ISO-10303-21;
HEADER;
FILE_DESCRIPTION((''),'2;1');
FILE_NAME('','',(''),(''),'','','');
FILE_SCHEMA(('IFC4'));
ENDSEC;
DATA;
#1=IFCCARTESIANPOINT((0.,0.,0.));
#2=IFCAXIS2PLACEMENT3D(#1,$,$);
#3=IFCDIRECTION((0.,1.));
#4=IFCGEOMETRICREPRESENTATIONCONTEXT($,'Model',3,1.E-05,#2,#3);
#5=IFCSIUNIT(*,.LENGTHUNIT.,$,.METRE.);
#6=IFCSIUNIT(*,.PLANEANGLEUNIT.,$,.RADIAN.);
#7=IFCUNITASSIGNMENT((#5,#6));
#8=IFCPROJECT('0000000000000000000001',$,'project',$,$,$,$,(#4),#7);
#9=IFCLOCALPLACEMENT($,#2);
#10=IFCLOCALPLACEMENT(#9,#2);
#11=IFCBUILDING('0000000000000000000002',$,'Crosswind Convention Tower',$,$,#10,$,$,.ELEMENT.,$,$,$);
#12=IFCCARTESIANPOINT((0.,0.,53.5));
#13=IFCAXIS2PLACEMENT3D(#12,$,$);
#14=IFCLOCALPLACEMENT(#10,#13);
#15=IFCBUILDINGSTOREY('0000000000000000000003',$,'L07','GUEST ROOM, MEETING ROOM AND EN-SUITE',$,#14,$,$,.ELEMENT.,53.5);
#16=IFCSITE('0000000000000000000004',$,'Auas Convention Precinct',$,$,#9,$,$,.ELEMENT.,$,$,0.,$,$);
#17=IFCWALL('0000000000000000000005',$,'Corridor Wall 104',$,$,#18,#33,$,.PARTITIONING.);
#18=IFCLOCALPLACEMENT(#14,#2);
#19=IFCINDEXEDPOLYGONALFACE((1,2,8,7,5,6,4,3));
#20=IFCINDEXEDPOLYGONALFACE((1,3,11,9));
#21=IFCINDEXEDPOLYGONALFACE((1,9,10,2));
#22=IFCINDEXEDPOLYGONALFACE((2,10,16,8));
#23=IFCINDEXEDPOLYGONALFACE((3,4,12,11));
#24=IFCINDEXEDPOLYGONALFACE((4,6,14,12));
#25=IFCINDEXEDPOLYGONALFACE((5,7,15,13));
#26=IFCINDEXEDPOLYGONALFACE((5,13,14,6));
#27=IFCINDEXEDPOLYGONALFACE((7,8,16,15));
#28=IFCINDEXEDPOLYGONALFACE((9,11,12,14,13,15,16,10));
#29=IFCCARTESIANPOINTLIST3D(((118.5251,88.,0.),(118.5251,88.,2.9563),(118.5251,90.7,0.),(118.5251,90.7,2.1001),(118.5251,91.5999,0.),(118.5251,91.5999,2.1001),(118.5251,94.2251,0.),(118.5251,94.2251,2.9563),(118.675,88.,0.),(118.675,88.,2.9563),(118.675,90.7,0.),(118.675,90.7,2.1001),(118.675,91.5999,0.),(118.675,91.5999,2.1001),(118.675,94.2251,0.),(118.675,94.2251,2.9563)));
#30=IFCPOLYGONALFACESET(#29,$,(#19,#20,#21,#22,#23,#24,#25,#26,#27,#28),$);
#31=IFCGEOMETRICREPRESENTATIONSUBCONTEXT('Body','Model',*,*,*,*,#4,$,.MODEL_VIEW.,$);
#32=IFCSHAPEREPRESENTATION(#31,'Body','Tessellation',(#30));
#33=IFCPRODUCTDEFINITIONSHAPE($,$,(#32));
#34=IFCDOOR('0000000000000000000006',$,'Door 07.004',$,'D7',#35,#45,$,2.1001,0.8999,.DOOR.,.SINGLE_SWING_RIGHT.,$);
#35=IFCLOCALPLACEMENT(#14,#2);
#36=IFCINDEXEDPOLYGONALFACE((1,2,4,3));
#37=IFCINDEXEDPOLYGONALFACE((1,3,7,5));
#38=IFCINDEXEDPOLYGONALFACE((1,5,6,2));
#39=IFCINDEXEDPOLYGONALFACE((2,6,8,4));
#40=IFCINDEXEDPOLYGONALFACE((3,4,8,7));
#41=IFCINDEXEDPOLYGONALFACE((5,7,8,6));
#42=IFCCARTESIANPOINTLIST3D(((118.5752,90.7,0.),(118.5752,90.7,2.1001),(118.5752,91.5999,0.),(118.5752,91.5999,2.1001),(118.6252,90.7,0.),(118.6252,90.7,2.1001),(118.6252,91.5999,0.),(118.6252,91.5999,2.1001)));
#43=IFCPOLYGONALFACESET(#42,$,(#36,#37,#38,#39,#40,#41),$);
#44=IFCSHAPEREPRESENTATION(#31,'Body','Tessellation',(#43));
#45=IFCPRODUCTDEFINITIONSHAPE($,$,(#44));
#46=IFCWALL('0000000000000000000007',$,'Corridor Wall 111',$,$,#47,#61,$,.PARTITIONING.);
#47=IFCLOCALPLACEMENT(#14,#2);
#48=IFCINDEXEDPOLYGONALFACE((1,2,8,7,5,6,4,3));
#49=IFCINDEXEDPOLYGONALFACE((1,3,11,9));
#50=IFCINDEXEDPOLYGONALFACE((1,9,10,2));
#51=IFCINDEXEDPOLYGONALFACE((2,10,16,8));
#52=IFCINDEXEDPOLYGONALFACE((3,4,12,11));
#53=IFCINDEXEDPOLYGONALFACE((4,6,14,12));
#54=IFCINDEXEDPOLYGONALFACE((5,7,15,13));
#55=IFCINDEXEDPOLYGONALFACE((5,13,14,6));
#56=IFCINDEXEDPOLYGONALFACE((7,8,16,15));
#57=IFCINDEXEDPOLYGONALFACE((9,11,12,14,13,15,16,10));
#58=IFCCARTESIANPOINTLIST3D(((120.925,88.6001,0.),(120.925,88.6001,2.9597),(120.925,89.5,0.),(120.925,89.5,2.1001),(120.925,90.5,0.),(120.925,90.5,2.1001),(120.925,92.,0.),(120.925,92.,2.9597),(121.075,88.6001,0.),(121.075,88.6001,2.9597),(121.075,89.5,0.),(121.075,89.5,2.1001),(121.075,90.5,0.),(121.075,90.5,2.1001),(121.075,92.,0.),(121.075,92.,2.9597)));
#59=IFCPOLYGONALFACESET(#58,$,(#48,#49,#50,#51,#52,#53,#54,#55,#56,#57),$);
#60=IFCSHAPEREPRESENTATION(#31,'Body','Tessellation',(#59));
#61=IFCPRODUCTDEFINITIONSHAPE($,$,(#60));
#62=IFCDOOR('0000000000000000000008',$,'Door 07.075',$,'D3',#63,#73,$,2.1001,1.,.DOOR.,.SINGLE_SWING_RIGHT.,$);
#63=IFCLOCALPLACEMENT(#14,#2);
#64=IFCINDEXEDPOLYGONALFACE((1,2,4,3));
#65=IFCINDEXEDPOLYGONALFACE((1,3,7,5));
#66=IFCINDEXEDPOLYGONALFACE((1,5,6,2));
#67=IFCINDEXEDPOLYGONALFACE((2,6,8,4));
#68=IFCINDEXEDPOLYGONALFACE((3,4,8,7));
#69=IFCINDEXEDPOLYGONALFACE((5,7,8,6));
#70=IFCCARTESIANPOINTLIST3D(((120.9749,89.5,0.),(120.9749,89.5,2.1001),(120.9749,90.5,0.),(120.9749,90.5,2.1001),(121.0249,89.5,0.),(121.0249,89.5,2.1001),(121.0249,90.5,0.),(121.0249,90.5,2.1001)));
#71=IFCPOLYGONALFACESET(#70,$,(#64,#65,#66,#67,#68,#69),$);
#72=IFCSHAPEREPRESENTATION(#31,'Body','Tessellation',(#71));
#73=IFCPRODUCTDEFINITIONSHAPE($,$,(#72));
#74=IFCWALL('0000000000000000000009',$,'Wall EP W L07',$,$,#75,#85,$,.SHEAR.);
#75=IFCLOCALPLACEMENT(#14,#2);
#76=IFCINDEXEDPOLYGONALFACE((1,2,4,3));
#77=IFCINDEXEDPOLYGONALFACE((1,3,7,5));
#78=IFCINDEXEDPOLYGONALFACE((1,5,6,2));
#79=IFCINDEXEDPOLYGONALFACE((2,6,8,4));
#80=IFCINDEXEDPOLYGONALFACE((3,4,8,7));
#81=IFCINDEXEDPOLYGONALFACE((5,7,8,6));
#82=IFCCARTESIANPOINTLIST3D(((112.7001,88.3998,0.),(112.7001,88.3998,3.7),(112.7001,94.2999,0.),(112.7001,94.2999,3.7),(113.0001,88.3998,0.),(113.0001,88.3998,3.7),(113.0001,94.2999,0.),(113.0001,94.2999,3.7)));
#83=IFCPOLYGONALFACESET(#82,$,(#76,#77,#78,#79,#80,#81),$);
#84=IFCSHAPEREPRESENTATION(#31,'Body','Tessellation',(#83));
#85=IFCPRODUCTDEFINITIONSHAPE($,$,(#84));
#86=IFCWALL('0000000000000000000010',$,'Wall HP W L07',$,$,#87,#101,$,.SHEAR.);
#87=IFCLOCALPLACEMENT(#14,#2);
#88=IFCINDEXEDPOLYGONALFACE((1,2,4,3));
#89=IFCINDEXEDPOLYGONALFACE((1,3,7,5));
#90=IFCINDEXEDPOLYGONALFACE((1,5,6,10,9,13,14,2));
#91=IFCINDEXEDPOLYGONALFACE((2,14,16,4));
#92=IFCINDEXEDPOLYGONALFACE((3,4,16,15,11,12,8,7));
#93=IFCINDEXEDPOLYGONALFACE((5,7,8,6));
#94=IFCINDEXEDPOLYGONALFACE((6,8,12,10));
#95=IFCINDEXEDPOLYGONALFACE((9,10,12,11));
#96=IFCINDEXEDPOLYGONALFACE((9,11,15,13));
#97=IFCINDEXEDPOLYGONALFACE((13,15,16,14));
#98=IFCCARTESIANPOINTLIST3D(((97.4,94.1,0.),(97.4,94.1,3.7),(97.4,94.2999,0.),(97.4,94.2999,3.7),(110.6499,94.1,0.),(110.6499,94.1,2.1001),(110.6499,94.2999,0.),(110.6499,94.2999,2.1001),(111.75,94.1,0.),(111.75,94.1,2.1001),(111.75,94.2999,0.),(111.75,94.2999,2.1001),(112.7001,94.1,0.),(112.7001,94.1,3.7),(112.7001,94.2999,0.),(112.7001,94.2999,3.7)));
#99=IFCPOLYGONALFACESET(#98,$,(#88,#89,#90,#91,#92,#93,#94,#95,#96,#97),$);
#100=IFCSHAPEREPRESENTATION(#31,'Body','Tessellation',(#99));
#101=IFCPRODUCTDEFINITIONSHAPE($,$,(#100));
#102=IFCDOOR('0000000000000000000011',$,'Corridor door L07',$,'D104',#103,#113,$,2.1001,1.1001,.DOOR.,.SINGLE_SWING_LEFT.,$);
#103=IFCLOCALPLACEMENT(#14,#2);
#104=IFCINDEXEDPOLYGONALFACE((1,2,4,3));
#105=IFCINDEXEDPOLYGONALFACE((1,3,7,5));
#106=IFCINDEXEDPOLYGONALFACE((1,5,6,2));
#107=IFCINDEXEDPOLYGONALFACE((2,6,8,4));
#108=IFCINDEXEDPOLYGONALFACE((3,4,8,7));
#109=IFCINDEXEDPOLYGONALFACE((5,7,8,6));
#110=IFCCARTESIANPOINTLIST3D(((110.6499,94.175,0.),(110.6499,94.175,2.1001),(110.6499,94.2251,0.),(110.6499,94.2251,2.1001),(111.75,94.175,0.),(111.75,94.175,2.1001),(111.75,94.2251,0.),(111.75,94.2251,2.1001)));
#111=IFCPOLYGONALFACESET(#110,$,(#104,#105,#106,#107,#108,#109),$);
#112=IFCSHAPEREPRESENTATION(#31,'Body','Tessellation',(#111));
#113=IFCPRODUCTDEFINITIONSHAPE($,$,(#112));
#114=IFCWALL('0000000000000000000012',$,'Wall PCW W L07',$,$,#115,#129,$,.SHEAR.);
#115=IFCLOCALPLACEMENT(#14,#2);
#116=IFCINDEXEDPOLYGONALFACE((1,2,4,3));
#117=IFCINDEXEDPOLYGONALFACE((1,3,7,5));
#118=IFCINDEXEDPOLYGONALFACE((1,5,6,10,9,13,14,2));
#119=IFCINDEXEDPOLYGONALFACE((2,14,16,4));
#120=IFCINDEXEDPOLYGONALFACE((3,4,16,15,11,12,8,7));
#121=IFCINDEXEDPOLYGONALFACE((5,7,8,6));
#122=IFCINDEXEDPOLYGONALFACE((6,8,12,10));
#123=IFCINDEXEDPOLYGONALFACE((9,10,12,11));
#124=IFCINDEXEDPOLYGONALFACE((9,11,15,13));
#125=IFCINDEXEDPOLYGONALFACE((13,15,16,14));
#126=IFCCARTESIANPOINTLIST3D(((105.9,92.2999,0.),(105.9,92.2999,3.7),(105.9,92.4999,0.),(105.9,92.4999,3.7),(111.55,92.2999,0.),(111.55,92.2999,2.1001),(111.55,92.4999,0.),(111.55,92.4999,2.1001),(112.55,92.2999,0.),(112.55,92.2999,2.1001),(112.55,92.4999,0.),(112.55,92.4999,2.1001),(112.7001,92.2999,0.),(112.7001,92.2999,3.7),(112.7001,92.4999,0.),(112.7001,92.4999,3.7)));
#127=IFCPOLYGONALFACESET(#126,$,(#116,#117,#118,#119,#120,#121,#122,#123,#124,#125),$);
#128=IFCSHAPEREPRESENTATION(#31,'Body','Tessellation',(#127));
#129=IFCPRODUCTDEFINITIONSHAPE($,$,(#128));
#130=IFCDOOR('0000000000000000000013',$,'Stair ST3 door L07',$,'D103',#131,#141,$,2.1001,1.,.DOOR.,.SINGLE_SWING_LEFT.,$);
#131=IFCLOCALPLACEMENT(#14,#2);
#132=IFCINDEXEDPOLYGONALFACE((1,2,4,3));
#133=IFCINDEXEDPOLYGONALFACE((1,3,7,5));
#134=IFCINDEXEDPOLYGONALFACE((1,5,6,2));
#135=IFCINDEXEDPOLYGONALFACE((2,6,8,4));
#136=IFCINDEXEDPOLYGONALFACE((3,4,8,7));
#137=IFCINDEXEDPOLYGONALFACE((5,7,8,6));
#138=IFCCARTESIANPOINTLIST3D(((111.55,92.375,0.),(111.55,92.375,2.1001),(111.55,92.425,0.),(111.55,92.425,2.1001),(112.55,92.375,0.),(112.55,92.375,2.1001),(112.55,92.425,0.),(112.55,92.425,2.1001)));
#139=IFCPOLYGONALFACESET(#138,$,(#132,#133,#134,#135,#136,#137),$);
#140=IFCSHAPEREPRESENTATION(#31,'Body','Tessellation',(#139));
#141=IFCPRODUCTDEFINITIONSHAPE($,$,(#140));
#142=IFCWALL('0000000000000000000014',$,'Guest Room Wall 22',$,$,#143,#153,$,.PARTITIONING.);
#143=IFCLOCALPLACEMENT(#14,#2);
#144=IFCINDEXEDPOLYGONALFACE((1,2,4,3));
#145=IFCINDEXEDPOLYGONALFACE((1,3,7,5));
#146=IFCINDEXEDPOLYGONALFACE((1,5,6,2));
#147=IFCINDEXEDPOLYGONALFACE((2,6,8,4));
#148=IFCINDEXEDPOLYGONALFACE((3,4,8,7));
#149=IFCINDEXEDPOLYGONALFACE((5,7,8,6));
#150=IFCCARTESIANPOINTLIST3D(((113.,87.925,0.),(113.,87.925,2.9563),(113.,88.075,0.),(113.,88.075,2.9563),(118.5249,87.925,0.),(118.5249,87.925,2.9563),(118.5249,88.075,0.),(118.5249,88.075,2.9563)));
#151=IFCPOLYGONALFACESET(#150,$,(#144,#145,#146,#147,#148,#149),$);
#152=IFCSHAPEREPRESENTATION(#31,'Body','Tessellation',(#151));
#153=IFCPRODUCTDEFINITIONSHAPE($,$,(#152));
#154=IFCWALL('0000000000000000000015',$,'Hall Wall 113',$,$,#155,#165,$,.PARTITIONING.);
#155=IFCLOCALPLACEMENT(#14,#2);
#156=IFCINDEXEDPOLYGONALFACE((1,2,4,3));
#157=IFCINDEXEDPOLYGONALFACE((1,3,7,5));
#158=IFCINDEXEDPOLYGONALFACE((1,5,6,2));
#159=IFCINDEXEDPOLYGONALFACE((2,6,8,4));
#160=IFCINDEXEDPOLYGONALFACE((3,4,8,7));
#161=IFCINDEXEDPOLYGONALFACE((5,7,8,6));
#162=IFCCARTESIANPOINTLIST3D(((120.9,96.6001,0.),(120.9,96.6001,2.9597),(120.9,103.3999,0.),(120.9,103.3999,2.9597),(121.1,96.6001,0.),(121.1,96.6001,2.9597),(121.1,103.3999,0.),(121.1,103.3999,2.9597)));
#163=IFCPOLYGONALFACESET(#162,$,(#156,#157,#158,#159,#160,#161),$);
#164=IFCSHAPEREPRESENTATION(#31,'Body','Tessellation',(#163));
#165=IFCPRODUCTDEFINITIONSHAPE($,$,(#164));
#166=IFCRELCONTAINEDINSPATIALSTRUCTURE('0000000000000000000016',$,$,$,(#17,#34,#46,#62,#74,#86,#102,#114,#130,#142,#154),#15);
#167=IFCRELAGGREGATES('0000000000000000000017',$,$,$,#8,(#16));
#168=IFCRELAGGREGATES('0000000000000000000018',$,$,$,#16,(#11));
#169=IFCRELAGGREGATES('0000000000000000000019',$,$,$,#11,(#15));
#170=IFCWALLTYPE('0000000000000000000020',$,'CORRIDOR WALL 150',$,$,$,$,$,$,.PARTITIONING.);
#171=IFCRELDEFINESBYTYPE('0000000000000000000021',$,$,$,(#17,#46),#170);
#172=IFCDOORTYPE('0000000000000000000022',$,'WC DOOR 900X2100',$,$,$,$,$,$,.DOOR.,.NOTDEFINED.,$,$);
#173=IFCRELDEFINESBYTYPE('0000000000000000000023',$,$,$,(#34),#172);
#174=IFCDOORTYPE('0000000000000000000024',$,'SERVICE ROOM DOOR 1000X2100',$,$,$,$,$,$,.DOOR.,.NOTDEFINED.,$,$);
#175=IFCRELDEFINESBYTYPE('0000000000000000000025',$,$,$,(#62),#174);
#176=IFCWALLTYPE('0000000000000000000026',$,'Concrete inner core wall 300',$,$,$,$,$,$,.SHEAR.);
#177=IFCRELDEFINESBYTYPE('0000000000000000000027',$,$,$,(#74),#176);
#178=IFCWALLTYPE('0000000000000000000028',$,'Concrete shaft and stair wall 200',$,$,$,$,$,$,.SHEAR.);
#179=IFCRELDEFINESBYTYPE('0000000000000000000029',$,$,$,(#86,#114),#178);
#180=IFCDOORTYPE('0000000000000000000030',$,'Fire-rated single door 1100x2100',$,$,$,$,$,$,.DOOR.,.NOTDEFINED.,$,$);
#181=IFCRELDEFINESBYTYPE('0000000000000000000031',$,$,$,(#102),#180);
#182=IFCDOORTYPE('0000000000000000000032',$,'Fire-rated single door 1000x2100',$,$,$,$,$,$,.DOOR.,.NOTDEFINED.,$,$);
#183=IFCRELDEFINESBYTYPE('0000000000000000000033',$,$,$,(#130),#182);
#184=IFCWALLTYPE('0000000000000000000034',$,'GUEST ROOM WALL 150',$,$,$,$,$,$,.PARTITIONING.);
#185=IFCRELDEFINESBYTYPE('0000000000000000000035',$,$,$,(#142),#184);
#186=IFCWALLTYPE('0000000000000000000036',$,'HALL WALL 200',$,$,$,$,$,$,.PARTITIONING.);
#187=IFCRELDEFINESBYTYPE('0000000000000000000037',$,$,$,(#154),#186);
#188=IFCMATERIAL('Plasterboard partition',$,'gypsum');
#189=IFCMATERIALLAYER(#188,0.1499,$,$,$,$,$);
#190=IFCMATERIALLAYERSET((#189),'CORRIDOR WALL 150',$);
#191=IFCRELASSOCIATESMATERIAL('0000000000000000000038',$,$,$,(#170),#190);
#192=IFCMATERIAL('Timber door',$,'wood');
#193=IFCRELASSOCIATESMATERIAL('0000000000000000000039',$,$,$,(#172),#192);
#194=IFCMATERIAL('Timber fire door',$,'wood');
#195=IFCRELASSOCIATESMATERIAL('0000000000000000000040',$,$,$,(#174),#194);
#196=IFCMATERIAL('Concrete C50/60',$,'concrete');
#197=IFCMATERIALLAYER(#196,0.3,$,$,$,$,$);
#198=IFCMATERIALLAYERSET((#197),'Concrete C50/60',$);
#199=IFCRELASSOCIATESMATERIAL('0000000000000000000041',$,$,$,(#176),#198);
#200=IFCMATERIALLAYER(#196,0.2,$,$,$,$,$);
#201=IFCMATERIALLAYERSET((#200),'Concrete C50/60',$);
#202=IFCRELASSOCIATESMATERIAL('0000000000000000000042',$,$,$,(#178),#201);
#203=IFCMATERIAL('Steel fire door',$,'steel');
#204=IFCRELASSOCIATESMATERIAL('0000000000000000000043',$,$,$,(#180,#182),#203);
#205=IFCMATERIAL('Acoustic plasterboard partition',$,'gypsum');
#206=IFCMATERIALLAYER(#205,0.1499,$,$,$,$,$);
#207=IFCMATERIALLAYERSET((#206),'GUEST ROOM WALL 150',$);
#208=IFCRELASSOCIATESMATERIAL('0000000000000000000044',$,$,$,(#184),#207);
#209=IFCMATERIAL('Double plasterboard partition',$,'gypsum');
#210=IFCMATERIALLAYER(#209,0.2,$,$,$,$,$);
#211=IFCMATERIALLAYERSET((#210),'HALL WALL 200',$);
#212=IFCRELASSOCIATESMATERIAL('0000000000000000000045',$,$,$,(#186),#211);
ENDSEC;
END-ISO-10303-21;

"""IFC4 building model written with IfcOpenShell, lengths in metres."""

from ifc_helpers import new_model, si_unit, direction, frame, frame_2d, origin, place, context, subcontext, project, spatial, rectangle, extrude, material, layer, layer_set, type_object, element, fill, save


model = new_model("IFC4")

# Units and contexts
model_context = context("Model", 3, precision=1e-05, world=origin(), true_north=direction((0.0, 1.0)))
body_context = subcontext(model_context, "Body", "Model", "MODEL_VIEW")
ifc_project = project(units=[si_unit("LENGTHUNIT", "METRE"), si_unit("PLANEANGLEUNIT", "RADIAN")], contexts=[model_context])

# Site, building, storey
site_placement = place(None, origin())
site = spatial("IfcSite", under=ifc_project, at=site_placement, Name="Auas Convention Precinct", CompositionType="ELEMENT", RefElevation=0.0)
building_placement = place(site_placement, origin())
building = spatial("IfcBuilding", under=site, at=building_placement, Name="Crosswind Convention Tower", CompositionType="ELEMENT")
storey_placement = place(building_placement, frame((0.0, 0.0, 53.5)))
storey = spatial("IfcBuildingStorey", under=building, at=storey_placement, Name="L07", Description="GUEST ROOM, MEETING ROOM AND EN-SUITE", CompositionType="ELEMENT", Elevation=53.5)

# Shared definitions
ifc_material_1 = material(Name="Steel fire door", Category="steel")

# Shared definitions
ifc_material_2 = material(Name="Plasterboard partition", Category="gypsum")
ifc_layer_1 = layer(ifc_material_2, 0.1499)
ifc_layer_set_1 = layer_set([ifc_layer_1], Name="CORRIDOR WALL 150")
wall_type_1 = type_object("IfcWallType", Name="CORRIDOR WALL 150", PredefinedType="PARTITIONING", material=ifc_layer_set_1)

# Walls, openings, doors
wall_1_placement = place(storey_placement, frame((118.6001, 88.0, 0.0), z_axis=(0.0, 0.0, 1.0), x_axis=(0.0, 1.0, 0.0)))
wall_1 = element("IfcWall", 1, at=wall_1_placement, inside=storey, type_object=wall_type_1, Name="Corridor Wall 104", PredefinedType="PARTITIONING", context=body_context, shape_type="SweptSolid", body=[
    extrude(rectangle(XDim=6.2251, YDim=0.1499, at=frame_2d((3.1125, 0.0))), origin(), (0.0, 0.0, 1.0), 2.9563),
])
opening_1_placement = place(wall_1_placement, frame((2.7, 0.0, 0.0)))
opening_1 = element("IfcOpeningElement", 2, at=opening_1_placement, cuts=wall_1, PredefinedType="OPENING", context=body_context, shape_type="SweptSolid", body=[
    extrude(rectangle(XDim=0.8999, YDim=2.1001, at=frame_2d((0.45, 1.05))), frame((0.0, 0.085, 0.0), z_axis=(0.0, -1.0, 0.0), x_axis=(1.0, 0.0, 0.0)), (0.0, 0.0, 1.0), 0.1699),
])
ifc_material_3 = material(Name="Timber door", Category="wood")
door_type_1 = type_object("IfcDoorType", Name="WC DOOR 900X2100", OperationType="NOTDEFINED", PredefinedType="DOOR", material=ifc_material_3)
door_1_placement = place(opening_1_placement, origin())
door_1 = element("IfcDoor", 3, at=door_1_placement, inside=storey, type_object=door_type_1, Name="Door 07.004", ObjectType="D7", OperationType="SINGLE_SWING_RIGHT", OverallHeight=2.1001, OverallWidth=0.8999, PredefinedType="DOOR", context=body_context, shape_type="SweptSolid", body=[
    extrude(rectangle(XDim=0.8999, YDim=2.1001, at=frame_2d((0.45, 1.05))), frame((0.0, 0.0249, 0.0), z_axis=(0.0, -1.0, 0.0), x_axis=(1.0, 0.0, 0.0)), (0.0, 0.0, 1.0), 0.05),
])
fill(opening_1, door_1)
wall_2_placement = place(storey_placement, frame((121.0, 88.6001, 0.0), z_axis=(0.0, 0.0, 1.0), x_axis=(0.0, 1.0, 0.0)))
wall_2 = element("IfcWall", 4, at=wall_2_placement, inside=storey, type_object=wall_type_1, Name="Corridor Wall 111", PredefinedType="PARTITIONING", context=body_context, shape_type="SweptSolid", body=[
    extrude(rectangle(XDim=3.3999, YDim=0.1499, at=frame_2d((1.7, 0.0))), origin(), (0.0, 0.0, 1.0), 2.9597),
])
opening_2_placement = place(wall_2_placement, frame((0.8999, 0.0, 0.0)))
opening_2 = element("IfcOpeningElement", 5, at=opening_2_placement, cuts=wall_2, PredefinedType="OPENING", context=body_context, shape_type="SweptSolid", body=[
    extrude(rectangle(XDim=1.0, YDim=2.1001, at=frame_2d((0.5, 1.05))), frame((0.0, 0.085, 0.0), z_axis=(0.0, -1.0, 0.0), x_axis=(1.0, 0.0, 0.0)), (0.0, 0.0, 1.0), 0.1699),
])
ifc_material_4 = material(Name="Timber fire door", Category="wood")
door_type_2 = type_object("IfcDoorType", Name="SERVICE ROOM DOOR 1000X2100", OperationType="NOTDEFINED", PredefinedType="DOOR", material=ifc_material_4)
door_2_placement = place(opening_2_placement, frame((1.0, 0.0, 0.0), z_axis=(0.0, 0.0, 1.0), x_axis=(-1.0, 0.0, 0.0)))
door_2 = element("IfcDoor", 6, at=door_2_placement, inside=storey, type_object=door_type_2, Name="Door 07.075", ObjectType="D3", OperationType="SINGLE_SWING_RIGHT", OverallHeight=2.1001, OverallWidth=1.0, PredefinedType="DOOR", context=body_context, shape_type="SweptSolid", body=[
    extrude(rectangle(XDim=1.0, YDim=2.1001, at=frame_2d((0.5, 1.05))), frame((0.0, 0.0249, 0.0), z_axis=(0.0, -1.0, 0.0), x_axis=(1.0, 0.0, 0.0)), (0.0, 0.0, 1.0), 0.05),
])
fill(opening_2, door_2)

# Wall
ifc_material_5 = material(Name="Concrete C50/60", Category="concrete")
ifc_layer_2 = layer(ifc_material_5, 0.3)
ifc_layer_set_2 = layer_set([ifc_layer_2], Name="Concrete C50/60")
wall_type_2 = type_object("IfcWallType", Name="Concrete inner core wall 300", PredefinedType="SHEAR", material=ifc_layer_set_2)
wall_3_placement = place(storey_placement, frame((112.8501, 94.3, 0.0), z_axis=(0.0, 0.0, 1.0), x_axis=(0.0, -1.0, 0.0)))
element("IfcWall", 7, at=wall_3_placement, inside=storey, type_object=wall_type_2, Name="Wall EP W L07", PredefinedType="SHEAR", context=body_context, shape_type="SweptSolid", body=[
    extrude(rectangle(XDim=5.9001, YDim=0.3, at=frame_2d((2.9502, 0.0))), origin(), (0.0, 0.0, 1.0), 3.7),
])

# Walls, openings, doors
ifc_layer_3 = layer(ifc_material_5, 0.2)
ifc_layer_set_3 = layer_set([ifc_layer_3], Name="Concrete C50/60")
wall_type_3 = type_object("IfcWallType", Name="Concrete shaft and stair wall 200", PredefinedType="SHEAR", material=ifc_layer_set_3)
wall_4_placement = place(storey_placement, frame((112.7, 94.2, 0.0), z_axis=(0.0, 0.0, 1.0), x_axis=(-1.0, 0.0, 0.0)))
wall_4 = element("IfcWall", 8, at=wall_4_placement, inside=storey, type_object=wall_type_3, Name="Wall HP W L07", PredefinedType="SHEAR", context=body_context, shape_type="SweptSolid", body=[
    extrude(rectangle(XDim=15.3, YDim=0.2, at=frame_2d((7.6499, 0.0))), origin(), (0.0, 0.0, 1.0), 3.7),
])
opening_3_placement = place(wall_4_placement, frame((0.95, 0.0, 0.0)))
opening_3 = element("IfcOpeningElement", 9, at=opening_3_placement, cuts=wall_4, PredefinedType="OPENING", context=body_context, shape_type="SweptSolid", body=[
    extrude(rectangle(XDim=1.1001, YDim=2.1001, at=frame_2d((0.55, 1.05))), frame((0.0, 0.1099, 0.0), z_axis=(0.0, -1.0, 0.0), x_axis=(1.0, 0.0, 0.0)), (0.0, 0.0, 1.0), 0.22),
])
door_type_3 = type_object("IfcDoorType", Name="Fire-rated single door 1100x2100", OperationType="NOTDEFINED", PredefinedType="DOOR", material=ifc_material_1)
door_3_placement = place(opening_3_placement, origin())
door_3 = element("IfcDoor", 10, at=door_3_placement, inside=storey, type_object=door_type_3, Name="Corridor door L07", ObjectType="D104", OperationType="SINGLE_SWING_LEFT", OverallHeight=2.1001, OverallWidth=1.1001, PredefinedType="DOOR", context=body_context, shape_type="SweptSolid", body=[
    extrude(rectangle(XDim=1.1001, YDim=2.1001, at=frame_2d((0.55, 1.05))), frame((0.0, 0.0249, 0.0), z_axis=(0.0, -1.0, 0.0), x_axis=(1.0, 0.0, 0.0)), (0.0, 0.0, 1.0), 0.05),
])
fill(opening_3, door_3)
wall_5_placement = place(storey_placement, frame((112.7, 92.3999, 0.0), z_axis=(0.0, 0.0, 1.0), x_axis=(-1.0, 0.0, 0.0)))
wall_5 = element("IfcWall", 11, at=wall_5_placement, inside=storey, type_object=wall_type_3, Name="Wall PCW W L07", PredefinedType="SHEAR", context=body_context, shape_type="SweptSolid", body=[
    extrude(rectangle(XDim=6.8, YDim=0.2, at=frame_2d((3.3999, 0.0))), origin(), (0.0, 0.0, 1.0), 3.7),
])
opening_4_placement = place(wall_5_placement, frame((0.1499, 0.0, 0.0)))
opening_4 = element("IfcOpeningElement", 12, at=opening_4_placement, cuts=wall_5, PredefinedType="OPENING", context=body_context, shape_type="SweptSolid", body=[
    extrude(rectangle(XDim=1.0, YDim=2.1001, at=frame_2d((0.5, 1.05))), frame((0.0, 0.1099, 0.0), z_axis=(0.0, -1.0, 0.0), x_axis=(1.0, 0.0, 0.0)), (0.0, 0.0, 1.0), 0.22),
])
door_type_4 = type_object("IfcDoorType", Name="Fire-rated single door 1000x2100", OperationType="NOTDEFINED", PredefinedType="DOOR", material=ifc_material_1)
door_4_placement = place(opening_4_placement, origin())
door_4 = element("IfcDoor", 13, at=door_4_placement, inside=storey, type_object=door_type_4, Name="Stair ST3 door L07", ObjectType="D103", OperationType="SINGLE_SWING_LEFT", OverallHeight=2.1001, OverallWidth=1.0, PredefinedType="DOOR", context=body_context, shape_type="SweptSolid", body=[
    extrude(rectangle(XDim=1.0, YDim=2.1001, at=frame_2d((0.5, 1.05))), frame((0.0, 0.0249, 0.0), z_axis=(0.0, -1.0, 0.0), x_axis=(1.0, 0.0, 0.0)), (0.0, 0.0, 1.0), 0.05),
])
fill(opening_4, door_4)

# Walls
ifc_material_6 = material(Name="Acoustic plasterboard partition", Category="gypsum")
ifc_layer_4 = layer(ifc_material_6, 0.1499)
ifc_layer_set_4 = layer_set([ifc_layer_4], Name="GUEST ROOM WALL 150")
wall_type_4 = type_object("IfcWallType", Name="GUEST ROOM WALL 150", PredefinedType="PARTITIONING", material=ifc_layer_set_4)
wall_6_placement = place(storey_placement, frame((113.0, 88.0, 0.0), z_axis=(0.0, 0.0, 1.0), x_axis=(1.0, 0.0, 0.0)))
element("IfcWall", 14, at=wall_6_placement, inside=storey, type_object=wall_type_4, Name="Guest Room Wall 22", PredefinedType="PARTITIONING", context=body_context, shape_type="SweptSolid", body=[
    extrude(rectangle(XDim=5.5249, YDim=0.1499, at=frame_2d((2.7625, 0.0))), origin(), (0.0, 0.0, 1.0), 2.9563),
])
ifc_material_7 = material(Name="Double plasterboard partition", Category="gypsum")
ifc_layer_5 = layer(ifc_material_7, 0.2)
ifc_layer_set_5 = layer_set([ifc_layer_5], Name="HALL WALL 200")
wall_type_5 = type_object("IfcWallType", Name="HALL WALL 200", PredefinedType="PARTITIONING", material=ifc_layer_set_5)
wall_7_placement = place(storey_placement, frame((121.0, 96.6001, 0.0), z_axis=(0.0, 0.0, 1.0), x_axis=(0.0, 1.0, 0.0)))
element("IfcWall", 15, at=wall_7_placement, inside=storey, type_object=wall_type_5, Name="Hall Wall 113", PredefinedType="PARTITIONING", context=body_context, shape_type="SweptSolid", body=[
    extrude(rectangle(XDim=6.7998, YDim=0.2, at=frame_2d((3.3999, 0.0))), origin(), (0.0, 0.0, 1.0), 2.9597),
])

save(model, "model.ifc")
